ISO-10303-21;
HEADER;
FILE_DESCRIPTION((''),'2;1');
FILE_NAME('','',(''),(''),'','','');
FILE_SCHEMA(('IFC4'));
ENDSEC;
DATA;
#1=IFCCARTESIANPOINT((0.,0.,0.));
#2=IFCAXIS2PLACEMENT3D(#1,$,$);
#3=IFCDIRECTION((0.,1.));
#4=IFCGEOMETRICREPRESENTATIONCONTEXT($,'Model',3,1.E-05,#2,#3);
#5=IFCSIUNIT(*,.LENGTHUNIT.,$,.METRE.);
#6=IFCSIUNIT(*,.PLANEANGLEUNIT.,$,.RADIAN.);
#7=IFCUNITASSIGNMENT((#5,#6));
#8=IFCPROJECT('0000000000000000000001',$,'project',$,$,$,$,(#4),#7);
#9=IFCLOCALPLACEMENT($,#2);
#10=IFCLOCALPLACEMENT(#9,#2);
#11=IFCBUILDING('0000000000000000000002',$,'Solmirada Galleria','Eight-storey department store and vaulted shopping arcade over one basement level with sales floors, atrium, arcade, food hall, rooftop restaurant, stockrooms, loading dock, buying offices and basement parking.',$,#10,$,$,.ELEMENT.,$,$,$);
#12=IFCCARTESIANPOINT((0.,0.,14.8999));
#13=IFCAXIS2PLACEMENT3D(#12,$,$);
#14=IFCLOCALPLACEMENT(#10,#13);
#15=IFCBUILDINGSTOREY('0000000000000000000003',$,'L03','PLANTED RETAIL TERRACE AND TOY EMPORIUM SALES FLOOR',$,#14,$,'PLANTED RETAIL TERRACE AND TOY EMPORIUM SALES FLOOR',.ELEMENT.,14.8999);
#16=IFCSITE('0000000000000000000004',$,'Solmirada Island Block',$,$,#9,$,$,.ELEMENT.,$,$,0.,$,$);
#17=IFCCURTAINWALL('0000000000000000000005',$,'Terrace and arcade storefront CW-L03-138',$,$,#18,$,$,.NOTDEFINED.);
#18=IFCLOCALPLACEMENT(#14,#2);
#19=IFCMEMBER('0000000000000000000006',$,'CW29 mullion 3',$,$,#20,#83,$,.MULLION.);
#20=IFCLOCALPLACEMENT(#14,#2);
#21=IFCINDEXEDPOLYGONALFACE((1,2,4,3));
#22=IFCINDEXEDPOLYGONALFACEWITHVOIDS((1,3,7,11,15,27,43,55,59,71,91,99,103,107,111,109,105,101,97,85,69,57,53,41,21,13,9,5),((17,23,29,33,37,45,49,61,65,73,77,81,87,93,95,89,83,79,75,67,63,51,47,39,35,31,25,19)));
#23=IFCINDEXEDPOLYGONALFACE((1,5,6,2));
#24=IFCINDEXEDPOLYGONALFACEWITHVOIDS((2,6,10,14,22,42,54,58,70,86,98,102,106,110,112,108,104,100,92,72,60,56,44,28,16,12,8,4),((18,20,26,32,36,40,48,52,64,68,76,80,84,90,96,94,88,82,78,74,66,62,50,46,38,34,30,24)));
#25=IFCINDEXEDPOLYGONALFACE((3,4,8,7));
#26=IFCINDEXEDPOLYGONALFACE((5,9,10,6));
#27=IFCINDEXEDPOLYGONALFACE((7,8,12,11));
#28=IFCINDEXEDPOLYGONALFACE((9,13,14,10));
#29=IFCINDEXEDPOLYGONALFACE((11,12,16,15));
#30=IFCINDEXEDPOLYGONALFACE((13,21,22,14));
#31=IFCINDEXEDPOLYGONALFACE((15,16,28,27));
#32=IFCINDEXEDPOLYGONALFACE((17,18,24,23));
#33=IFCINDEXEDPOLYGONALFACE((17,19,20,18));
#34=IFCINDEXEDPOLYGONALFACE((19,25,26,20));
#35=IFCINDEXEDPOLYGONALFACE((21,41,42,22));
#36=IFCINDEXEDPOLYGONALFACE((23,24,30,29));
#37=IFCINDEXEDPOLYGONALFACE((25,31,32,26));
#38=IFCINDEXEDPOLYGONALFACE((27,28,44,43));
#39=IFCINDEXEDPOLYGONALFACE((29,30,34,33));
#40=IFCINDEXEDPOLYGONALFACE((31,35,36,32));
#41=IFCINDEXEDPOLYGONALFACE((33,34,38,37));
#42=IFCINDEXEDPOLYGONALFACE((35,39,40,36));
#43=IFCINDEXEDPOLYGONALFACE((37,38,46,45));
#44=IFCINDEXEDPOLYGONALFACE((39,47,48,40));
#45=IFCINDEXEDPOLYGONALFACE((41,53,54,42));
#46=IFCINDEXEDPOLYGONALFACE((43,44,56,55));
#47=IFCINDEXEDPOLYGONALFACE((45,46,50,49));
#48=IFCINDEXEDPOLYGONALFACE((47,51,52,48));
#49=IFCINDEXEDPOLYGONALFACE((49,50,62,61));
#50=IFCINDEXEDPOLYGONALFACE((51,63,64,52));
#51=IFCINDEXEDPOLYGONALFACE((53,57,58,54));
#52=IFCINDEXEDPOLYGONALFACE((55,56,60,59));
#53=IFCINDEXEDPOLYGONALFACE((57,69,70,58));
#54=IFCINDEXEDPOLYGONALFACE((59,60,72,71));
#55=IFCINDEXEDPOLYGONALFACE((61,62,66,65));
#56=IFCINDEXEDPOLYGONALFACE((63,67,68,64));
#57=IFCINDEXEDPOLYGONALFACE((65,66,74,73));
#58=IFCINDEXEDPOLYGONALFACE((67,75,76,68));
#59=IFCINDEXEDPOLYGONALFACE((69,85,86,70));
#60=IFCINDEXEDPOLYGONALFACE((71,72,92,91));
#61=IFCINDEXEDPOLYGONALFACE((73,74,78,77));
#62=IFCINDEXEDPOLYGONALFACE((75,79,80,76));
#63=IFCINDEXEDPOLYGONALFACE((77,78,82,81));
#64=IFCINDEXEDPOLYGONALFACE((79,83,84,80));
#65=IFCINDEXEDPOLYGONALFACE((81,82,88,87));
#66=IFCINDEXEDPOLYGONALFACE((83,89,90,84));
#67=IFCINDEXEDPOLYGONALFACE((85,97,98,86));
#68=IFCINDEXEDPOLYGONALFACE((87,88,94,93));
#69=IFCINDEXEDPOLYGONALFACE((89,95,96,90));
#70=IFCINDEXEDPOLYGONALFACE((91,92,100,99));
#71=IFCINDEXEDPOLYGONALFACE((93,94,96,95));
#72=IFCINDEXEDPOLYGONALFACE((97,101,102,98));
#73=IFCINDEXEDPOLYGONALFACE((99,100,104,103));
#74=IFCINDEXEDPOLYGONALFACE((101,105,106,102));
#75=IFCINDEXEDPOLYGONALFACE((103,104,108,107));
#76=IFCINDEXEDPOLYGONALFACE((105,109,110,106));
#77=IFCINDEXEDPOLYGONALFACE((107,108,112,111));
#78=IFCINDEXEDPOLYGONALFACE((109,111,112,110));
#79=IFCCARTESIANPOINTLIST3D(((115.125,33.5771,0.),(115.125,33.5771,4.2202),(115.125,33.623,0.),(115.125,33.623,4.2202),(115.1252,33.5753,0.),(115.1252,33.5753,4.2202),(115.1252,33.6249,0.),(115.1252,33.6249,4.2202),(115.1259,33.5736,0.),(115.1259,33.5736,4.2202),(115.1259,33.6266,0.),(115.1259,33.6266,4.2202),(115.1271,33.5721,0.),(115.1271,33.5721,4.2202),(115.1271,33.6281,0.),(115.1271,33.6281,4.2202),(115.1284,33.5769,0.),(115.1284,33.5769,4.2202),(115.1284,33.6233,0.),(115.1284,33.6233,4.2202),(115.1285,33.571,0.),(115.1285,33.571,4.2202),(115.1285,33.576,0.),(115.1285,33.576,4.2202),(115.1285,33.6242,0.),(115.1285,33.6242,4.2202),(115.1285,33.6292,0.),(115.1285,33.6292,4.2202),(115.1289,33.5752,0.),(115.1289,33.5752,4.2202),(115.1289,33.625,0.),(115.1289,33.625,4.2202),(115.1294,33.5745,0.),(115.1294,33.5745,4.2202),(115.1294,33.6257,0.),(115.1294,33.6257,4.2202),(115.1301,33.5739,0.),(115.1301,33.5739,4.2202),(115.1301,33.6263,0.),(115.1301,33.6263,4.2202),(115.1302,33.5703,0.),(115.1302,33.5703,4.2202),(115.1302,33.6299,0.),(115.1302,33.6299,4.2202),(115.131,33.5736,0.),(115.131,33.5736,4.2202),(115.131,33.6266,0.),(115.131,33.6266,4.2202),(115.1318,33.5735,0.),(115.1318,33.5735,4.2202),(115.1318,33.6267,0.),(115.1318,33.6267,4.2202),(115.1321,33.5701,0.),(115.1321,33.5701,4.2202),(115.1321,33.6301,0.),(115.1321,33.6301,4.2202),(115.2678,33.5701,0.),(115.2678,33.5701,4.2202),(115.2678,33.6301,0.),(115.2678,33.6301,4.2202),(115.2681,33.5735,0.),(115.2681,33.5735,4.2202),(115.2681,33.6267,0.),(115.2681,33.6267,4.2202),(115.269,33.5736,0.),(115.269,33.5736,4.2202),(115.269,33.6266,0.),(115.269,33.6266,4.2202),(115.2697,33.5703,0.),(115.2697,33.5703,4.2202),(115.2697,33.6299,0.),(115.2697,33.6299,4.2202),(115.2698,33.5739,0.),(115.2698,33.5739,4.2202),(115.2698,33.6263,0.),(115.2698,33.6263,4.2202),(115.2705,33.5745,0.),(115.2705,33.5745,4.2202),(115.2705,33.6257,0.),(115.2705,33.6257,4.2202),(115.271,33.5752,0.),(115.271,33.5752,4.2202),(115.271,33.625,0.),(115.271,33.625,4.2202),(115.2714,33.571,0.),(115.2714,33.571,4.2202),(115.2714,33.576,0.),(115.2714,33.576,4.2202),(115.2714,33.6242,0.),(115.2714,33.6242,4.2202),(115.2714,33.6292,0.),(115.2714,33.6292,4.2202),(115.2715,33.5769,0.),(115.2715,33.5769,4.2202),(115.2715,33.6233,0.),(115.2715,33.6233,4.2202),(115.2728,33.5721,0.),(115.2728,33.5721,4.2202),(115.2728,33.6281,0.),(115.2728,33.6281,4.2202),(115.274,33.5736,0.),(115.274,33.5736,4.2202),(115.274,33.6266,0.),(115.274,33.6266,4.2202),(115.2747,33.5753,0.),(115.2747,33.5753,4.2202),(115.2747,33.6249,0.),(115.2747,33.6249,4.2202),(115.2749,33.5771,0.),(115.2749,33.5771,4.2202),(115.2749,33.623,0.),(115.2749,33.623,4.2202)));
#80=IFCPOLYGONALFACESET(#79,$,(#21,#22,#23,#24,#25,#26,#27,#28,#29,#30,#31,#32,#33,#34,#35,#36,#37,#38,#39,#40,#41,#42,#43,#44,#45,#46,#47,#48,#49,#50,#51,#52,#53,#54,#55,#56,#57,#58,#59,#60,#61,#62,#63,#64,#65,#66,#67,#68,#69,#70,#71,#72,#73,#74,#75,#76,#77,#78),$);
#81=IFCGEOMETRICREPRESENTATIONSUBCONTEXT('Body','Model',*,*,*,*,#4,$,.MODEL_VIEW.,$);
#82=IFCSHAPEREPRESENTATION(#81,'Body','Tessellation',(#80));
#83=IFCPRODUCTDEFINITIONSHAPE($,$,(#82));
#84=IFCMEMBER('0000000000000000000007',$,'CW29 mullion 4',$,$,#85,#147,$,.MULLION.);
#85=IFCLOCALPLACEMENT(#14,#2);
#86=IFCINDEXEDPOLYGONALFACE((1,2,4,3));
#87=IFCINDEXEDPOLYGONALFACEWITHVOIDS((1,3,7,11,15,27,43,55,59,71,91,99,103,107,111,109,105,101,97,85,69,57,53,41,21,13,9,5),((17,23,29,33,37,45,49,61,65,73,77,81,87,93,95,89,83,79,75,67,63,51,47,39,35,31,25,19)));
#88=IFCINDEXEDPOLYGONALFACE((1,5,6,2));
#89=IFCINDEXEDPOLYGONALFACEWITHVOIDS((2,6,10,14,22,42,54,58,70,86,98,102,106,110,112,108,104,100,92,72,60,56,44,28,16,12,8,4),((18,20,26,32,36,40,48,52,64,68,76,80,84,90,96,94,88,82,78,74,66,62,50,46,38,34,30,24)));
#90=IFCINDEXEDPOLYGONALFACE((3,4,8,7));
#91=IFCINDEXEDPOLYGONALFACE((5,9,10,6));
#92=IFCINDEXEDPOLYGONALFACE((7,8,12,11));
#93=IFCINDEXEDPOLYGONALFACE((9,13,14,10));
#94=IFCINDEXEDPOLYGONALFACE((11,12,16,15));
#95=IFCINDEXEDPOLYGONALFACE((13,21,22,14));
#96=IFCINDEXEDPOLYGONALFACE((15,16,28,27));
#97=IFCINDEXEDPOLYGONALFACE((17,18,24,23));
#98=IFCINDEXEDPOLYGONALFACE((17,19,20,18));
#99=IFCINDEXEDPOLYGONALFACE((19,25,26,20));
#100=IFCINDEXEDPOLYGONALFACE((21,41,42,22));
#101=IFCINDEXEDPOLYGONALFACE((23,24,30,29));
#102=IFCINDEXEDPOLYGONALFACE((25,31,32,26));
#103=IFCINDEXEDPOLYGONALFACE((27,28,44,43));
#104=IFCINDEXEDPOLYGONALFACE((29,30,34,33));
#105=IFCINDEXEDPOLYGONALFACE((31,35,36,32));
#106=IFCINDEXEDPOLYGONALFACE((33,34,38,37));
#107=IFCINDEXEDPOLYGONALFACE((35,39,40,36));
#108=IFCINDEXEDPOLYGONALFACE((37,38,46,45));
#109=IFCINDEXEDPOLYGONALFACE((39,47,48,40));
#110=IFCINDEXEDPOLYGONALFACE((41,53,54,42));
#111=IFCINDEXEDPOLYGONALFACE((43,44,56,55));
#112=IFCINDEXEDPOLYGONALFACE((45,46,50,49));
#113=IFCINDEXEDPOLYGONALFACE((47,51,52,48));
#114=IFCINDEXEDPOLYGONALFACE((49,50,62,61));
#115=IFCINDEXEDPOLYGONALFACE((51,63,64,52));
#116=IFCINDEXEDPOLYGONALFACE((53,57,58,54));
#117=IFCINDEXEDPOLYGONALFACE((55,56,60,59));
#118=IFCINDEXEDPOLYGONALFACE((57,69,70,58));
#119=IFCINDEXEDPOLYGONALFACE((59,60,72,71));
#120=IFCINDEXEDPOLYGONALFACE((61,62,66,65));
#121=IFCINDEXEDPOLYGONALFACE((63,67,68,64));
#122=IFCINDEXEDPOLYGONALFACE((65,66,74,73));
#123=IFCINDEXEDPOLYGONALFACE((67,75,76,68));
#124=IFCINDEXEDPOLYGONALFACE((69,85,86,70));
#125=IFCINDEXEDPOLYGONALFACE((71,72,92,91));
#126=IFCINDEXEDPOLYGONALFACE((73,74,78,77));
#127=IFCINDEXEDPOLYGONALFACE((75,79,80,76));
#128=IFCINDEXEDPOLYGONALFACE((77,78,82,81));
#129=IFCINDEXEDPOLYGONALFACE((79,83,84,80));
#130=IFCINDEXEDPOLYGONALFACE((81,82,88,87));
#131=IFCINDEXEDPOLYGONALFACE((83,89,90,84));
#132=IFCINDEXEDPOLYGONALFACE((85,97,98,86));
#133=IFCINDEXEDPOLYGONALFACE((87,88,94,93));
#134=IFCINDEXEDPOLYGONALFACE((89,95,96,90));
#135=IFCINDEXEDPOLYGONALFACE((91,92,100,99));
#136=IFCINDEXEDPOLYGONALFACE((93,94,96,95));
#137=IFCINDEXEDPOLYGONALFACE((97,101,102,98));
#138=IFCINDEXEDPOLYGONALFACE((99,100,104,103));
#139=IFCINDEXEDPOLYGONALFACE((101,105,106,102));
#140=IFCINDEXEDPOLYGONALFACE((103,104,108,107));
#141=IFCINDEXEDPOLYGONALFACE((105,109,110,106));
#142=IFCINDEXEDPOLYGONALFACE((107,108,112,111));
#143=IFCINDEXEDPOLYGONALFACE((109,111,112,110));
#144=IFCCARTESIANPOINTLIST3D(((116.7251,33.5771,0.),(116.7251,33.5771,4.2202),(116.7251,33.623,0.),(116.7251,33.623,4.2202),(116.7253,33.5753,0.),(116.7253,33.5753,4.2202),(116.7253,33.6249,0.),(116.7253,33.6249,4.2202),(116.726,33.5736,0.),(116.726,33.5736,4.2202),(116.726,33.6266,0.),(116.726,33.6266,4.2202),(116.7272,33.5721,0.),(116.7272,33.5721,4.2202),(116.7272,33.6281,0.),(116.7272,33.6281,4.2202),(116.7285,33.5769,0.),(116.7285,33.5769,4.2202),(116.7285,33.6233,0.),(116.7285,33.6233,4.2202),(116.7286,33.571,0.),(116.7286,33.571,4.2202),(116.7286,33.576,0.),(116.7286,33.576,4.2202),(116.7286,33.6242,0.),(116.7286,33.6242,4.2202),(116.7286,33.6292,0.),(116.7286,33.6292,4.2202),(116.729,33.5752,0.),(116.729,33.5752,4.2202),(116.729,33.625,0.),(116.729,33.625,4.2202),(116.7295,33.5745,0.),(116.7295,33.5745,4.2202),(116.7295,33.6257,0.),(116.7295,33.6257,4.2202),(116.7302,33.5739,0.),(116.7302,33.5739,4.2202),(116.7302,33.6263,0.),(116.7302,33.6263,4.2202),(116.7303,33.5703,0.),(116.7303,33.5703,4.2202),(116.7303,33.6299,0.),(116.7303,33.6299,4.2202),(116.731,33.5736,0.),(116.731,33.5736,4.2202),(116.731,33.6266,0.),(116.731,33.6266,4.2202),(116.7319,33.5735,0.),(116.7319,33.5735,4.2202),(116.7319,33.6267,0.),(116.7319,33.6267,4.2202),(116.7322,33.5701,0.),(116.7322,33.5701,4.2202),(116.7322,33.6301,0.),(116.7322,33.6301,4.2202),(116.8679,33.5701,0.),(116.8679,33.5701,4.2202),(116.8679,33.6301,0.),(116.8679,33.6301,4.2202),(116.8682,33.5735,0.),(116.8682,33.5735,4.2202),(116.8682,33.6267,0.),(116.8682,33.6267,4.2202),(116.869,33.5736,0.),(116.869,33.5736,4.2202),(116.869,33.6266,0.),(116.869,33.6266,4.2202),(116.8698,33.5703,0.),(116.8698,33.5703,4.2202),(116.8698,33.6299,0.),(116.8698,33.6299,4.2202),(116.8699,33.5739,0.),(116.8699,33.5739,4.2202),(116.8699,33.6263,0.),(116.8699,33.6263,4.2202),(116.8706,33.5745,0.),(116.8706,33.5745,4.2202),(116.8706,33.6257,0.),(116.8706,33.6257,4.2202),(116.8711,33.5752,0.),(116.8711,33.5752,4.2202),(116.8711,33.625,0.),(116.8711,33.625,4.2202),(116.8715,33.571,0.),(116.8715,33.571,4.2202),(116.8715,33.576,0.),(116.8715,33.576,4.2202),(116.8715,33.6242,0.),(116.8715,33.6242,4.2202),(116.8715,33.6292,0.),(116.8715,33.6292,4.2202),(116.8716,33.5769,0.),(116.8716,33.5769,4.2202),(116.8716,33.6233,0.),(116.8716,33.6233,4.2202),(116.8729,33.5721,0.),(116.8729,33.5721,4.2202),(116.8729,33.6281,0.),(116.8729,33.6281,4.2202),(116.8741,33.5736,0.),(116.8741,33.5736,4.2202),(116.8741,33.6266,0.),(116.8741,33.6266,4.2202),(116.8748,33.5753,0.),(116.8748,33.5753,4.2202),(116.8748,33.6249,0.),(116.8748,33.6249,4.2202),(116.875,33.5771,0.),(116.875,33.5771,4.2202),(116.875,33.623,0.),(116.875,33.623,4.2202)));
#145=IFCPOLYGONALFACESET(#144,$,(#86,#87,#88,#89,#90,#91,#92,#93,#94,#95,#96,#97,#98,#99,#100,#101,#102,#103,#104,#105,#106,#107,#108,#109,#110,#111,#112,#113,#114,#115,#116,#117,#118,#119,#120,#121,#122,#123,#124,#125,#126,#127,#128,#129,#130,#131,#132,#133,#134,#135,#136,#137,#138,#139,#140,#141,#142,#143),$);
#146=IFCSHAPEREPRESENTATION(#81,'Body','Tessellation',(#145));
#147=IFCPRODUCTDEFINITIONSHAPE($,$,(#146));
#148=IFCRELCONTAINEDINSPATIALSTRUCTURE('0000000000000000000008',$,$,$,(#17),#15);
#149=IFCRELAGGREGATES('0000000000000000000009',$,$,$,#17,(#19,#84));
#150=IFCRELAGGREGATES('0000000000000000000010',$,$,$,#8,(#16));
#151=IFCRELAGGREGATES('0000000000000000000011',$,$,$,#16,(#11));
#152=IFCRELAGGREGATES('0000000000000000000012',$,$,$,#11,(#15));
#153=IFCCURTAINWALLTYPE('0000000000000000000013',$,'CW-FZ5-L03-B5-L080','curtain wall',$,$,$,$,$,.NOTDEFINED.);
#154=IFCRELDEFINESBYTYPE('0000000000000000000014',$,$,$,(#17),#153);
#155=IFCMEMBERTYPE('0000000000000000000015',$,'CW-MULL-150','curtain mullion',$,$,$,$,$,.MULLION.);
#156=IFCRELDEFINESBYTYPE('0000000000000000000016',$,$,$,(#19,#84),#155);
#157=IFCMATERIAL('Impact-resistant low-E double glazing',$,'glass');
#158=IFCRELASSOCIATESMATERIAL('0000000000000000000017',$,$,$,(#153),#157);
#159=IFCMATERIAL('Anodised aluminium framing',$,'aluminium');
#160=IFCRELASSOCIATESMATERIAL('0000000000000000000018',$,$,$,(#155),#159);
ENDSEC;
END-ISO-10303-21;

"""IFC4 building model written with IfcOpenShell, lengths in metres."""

from ifc_helpers import new_model, si_unit, direction, frame, origin, origin_2d, place, context, subcontext, project, spatial, hollow_rectangle, extrude, material, material_profile, profile_set, type_object, element, aggregate, save


model = new_model("IFC4")

# Units and contexts
model_context = context("Model", 3, precision=1e-05, world=origin(), true_north=direction((0.0, 1.0)))
body_context = subcontext(model_context, "Body", "Model", "MODEL_VIEW")
ifc_project = project(units=[si_unit("LENGTHUNIT", "METRE"), si_unit("PLANEANGLEUNIT", "RADIAN")], contexts=[model_context])

# Site, building, storey
site_placement = place(None, origin())
site = spatial("IfcSite", under=ifc_project, at=site_placement, Name="Solmirada Island Block", CompositionType="ELEMENT", RefElevation=0.0)
building_placement = place(site_placement, origin())
building = spatial("IfcBuilding", under=site, at=building_placement, Name="Solmirada Galleria", Description="Eight-storey department store and vaulted shopping arcade over one basement level with sales floors, atrium, arcade, food hall, rooftop restaurant, stockrooms, loading dock, buying offices and basement parking.", CompositionType="ELEMENT")
storey_placement = place(building_placement, frame((0.0, 0.0, 14.8999)))
storey = spatial("IfcBuildingStorey", under=building, at=storey_placement, Name="L03", Description="PLANTED RETAIL TERRACE AND TOY EMPORIUM SALES FLOOR", LongName="PLANTED RETAIL TERRACE AND TOY EMPORIUM SALES FLOOR", CompositionType="ELEMENT", Elevation=14.8999)

# Curtain wall, members
ifc_material_1 = material(Name="Impact-resistant low-E double glazing", Category="glass")
curtain_wall_type = type_object("IfcCurtainWallType", Name="CW-FZ5-L03-B5-L080", Description="curtain wall", PredefinedType="NOTDEFINED", material=ifc_material_1)
curtain_wall_placement = place(storey_placement, origin())
curtain_wall = element("IfcCurtainWall", 1, at=curtain_wall_placement, inside=storey, type_object=curtain_wall_type, Name="Terrace and arcade storefront CW-L03-138", PredefinedType="NOTDEFINED")
ifc_material_2 = material(Name="Anodised aluminium framing", Category="aluminium")
ifc_material_profile_1 = material_profile(ifc_material_2, hollow_rectangle(XDim=0.0601, YDim=0.1499, WallThickness=0.0034, InnerFilletRadius=0.0034, OuterFilletRadius=0.0071, at=origin_2d()), Name="ALU-MULL-150X60")
ifc_profile_set_1 = profile_set([ifc_material_profile_1], Name="Anodised aluminium framing")
member_type_1 = type_object("IfcMemberType", Name="CW-MULL-150", Description="curtain mullion", PredefinedType="MULLION", material=ifc_profile_set_1)
member_1_placement = place(storey_placement, frame((115.2, 33.6001, 0.0), z_axis=(0.0, 0.0, 1.0), x_axis=(0.0, 1.0, 0.0)))
member_1 = element("IfcMember", 2, at=member_1_placement, type_object=member_type_1, Name="CW29 mullion 3", PredefinedType="MULLION", context=body_context, shape_type="SweptSolid", body=[
    extrude(hollow_rectangle(XDim=0.0601, YDim=0.1499, WallThickness=0.0034, InnerFilletRadius=0.0034, OuterFilletRadius=0.0071, at=origin_2d()), origin(), (0.0, 0.0, 1.0), 4.2202),
])
member_2_placement = place(storey_placement, frame((116.8, 33.6001, 0.0), z_axis=(0.0, 0.0, 1.0), x_axis=(0.0, 1.0, 0.0)))
member_2 = element("IfcMember", 3, at=member_2_placement, type_object=member_type_1, Name="CW29 mullion 4", PredefinedType="MULLION", context=body_context, shape_type="SweptSolid", body=[
    extrude(hollow_rectangle(XDim=0.0601, YDim=0.1499, WallThickness=0.0034, InnerFilletRadius=0.0034, OuterFilletRadius=0.0071, at=origin_2d()), origin(), (0.0, 0.0, 1.0), 4.2202),
])
aggregate(curtain_wall, [member_1, member_2])

save(model, "model.ifc")
